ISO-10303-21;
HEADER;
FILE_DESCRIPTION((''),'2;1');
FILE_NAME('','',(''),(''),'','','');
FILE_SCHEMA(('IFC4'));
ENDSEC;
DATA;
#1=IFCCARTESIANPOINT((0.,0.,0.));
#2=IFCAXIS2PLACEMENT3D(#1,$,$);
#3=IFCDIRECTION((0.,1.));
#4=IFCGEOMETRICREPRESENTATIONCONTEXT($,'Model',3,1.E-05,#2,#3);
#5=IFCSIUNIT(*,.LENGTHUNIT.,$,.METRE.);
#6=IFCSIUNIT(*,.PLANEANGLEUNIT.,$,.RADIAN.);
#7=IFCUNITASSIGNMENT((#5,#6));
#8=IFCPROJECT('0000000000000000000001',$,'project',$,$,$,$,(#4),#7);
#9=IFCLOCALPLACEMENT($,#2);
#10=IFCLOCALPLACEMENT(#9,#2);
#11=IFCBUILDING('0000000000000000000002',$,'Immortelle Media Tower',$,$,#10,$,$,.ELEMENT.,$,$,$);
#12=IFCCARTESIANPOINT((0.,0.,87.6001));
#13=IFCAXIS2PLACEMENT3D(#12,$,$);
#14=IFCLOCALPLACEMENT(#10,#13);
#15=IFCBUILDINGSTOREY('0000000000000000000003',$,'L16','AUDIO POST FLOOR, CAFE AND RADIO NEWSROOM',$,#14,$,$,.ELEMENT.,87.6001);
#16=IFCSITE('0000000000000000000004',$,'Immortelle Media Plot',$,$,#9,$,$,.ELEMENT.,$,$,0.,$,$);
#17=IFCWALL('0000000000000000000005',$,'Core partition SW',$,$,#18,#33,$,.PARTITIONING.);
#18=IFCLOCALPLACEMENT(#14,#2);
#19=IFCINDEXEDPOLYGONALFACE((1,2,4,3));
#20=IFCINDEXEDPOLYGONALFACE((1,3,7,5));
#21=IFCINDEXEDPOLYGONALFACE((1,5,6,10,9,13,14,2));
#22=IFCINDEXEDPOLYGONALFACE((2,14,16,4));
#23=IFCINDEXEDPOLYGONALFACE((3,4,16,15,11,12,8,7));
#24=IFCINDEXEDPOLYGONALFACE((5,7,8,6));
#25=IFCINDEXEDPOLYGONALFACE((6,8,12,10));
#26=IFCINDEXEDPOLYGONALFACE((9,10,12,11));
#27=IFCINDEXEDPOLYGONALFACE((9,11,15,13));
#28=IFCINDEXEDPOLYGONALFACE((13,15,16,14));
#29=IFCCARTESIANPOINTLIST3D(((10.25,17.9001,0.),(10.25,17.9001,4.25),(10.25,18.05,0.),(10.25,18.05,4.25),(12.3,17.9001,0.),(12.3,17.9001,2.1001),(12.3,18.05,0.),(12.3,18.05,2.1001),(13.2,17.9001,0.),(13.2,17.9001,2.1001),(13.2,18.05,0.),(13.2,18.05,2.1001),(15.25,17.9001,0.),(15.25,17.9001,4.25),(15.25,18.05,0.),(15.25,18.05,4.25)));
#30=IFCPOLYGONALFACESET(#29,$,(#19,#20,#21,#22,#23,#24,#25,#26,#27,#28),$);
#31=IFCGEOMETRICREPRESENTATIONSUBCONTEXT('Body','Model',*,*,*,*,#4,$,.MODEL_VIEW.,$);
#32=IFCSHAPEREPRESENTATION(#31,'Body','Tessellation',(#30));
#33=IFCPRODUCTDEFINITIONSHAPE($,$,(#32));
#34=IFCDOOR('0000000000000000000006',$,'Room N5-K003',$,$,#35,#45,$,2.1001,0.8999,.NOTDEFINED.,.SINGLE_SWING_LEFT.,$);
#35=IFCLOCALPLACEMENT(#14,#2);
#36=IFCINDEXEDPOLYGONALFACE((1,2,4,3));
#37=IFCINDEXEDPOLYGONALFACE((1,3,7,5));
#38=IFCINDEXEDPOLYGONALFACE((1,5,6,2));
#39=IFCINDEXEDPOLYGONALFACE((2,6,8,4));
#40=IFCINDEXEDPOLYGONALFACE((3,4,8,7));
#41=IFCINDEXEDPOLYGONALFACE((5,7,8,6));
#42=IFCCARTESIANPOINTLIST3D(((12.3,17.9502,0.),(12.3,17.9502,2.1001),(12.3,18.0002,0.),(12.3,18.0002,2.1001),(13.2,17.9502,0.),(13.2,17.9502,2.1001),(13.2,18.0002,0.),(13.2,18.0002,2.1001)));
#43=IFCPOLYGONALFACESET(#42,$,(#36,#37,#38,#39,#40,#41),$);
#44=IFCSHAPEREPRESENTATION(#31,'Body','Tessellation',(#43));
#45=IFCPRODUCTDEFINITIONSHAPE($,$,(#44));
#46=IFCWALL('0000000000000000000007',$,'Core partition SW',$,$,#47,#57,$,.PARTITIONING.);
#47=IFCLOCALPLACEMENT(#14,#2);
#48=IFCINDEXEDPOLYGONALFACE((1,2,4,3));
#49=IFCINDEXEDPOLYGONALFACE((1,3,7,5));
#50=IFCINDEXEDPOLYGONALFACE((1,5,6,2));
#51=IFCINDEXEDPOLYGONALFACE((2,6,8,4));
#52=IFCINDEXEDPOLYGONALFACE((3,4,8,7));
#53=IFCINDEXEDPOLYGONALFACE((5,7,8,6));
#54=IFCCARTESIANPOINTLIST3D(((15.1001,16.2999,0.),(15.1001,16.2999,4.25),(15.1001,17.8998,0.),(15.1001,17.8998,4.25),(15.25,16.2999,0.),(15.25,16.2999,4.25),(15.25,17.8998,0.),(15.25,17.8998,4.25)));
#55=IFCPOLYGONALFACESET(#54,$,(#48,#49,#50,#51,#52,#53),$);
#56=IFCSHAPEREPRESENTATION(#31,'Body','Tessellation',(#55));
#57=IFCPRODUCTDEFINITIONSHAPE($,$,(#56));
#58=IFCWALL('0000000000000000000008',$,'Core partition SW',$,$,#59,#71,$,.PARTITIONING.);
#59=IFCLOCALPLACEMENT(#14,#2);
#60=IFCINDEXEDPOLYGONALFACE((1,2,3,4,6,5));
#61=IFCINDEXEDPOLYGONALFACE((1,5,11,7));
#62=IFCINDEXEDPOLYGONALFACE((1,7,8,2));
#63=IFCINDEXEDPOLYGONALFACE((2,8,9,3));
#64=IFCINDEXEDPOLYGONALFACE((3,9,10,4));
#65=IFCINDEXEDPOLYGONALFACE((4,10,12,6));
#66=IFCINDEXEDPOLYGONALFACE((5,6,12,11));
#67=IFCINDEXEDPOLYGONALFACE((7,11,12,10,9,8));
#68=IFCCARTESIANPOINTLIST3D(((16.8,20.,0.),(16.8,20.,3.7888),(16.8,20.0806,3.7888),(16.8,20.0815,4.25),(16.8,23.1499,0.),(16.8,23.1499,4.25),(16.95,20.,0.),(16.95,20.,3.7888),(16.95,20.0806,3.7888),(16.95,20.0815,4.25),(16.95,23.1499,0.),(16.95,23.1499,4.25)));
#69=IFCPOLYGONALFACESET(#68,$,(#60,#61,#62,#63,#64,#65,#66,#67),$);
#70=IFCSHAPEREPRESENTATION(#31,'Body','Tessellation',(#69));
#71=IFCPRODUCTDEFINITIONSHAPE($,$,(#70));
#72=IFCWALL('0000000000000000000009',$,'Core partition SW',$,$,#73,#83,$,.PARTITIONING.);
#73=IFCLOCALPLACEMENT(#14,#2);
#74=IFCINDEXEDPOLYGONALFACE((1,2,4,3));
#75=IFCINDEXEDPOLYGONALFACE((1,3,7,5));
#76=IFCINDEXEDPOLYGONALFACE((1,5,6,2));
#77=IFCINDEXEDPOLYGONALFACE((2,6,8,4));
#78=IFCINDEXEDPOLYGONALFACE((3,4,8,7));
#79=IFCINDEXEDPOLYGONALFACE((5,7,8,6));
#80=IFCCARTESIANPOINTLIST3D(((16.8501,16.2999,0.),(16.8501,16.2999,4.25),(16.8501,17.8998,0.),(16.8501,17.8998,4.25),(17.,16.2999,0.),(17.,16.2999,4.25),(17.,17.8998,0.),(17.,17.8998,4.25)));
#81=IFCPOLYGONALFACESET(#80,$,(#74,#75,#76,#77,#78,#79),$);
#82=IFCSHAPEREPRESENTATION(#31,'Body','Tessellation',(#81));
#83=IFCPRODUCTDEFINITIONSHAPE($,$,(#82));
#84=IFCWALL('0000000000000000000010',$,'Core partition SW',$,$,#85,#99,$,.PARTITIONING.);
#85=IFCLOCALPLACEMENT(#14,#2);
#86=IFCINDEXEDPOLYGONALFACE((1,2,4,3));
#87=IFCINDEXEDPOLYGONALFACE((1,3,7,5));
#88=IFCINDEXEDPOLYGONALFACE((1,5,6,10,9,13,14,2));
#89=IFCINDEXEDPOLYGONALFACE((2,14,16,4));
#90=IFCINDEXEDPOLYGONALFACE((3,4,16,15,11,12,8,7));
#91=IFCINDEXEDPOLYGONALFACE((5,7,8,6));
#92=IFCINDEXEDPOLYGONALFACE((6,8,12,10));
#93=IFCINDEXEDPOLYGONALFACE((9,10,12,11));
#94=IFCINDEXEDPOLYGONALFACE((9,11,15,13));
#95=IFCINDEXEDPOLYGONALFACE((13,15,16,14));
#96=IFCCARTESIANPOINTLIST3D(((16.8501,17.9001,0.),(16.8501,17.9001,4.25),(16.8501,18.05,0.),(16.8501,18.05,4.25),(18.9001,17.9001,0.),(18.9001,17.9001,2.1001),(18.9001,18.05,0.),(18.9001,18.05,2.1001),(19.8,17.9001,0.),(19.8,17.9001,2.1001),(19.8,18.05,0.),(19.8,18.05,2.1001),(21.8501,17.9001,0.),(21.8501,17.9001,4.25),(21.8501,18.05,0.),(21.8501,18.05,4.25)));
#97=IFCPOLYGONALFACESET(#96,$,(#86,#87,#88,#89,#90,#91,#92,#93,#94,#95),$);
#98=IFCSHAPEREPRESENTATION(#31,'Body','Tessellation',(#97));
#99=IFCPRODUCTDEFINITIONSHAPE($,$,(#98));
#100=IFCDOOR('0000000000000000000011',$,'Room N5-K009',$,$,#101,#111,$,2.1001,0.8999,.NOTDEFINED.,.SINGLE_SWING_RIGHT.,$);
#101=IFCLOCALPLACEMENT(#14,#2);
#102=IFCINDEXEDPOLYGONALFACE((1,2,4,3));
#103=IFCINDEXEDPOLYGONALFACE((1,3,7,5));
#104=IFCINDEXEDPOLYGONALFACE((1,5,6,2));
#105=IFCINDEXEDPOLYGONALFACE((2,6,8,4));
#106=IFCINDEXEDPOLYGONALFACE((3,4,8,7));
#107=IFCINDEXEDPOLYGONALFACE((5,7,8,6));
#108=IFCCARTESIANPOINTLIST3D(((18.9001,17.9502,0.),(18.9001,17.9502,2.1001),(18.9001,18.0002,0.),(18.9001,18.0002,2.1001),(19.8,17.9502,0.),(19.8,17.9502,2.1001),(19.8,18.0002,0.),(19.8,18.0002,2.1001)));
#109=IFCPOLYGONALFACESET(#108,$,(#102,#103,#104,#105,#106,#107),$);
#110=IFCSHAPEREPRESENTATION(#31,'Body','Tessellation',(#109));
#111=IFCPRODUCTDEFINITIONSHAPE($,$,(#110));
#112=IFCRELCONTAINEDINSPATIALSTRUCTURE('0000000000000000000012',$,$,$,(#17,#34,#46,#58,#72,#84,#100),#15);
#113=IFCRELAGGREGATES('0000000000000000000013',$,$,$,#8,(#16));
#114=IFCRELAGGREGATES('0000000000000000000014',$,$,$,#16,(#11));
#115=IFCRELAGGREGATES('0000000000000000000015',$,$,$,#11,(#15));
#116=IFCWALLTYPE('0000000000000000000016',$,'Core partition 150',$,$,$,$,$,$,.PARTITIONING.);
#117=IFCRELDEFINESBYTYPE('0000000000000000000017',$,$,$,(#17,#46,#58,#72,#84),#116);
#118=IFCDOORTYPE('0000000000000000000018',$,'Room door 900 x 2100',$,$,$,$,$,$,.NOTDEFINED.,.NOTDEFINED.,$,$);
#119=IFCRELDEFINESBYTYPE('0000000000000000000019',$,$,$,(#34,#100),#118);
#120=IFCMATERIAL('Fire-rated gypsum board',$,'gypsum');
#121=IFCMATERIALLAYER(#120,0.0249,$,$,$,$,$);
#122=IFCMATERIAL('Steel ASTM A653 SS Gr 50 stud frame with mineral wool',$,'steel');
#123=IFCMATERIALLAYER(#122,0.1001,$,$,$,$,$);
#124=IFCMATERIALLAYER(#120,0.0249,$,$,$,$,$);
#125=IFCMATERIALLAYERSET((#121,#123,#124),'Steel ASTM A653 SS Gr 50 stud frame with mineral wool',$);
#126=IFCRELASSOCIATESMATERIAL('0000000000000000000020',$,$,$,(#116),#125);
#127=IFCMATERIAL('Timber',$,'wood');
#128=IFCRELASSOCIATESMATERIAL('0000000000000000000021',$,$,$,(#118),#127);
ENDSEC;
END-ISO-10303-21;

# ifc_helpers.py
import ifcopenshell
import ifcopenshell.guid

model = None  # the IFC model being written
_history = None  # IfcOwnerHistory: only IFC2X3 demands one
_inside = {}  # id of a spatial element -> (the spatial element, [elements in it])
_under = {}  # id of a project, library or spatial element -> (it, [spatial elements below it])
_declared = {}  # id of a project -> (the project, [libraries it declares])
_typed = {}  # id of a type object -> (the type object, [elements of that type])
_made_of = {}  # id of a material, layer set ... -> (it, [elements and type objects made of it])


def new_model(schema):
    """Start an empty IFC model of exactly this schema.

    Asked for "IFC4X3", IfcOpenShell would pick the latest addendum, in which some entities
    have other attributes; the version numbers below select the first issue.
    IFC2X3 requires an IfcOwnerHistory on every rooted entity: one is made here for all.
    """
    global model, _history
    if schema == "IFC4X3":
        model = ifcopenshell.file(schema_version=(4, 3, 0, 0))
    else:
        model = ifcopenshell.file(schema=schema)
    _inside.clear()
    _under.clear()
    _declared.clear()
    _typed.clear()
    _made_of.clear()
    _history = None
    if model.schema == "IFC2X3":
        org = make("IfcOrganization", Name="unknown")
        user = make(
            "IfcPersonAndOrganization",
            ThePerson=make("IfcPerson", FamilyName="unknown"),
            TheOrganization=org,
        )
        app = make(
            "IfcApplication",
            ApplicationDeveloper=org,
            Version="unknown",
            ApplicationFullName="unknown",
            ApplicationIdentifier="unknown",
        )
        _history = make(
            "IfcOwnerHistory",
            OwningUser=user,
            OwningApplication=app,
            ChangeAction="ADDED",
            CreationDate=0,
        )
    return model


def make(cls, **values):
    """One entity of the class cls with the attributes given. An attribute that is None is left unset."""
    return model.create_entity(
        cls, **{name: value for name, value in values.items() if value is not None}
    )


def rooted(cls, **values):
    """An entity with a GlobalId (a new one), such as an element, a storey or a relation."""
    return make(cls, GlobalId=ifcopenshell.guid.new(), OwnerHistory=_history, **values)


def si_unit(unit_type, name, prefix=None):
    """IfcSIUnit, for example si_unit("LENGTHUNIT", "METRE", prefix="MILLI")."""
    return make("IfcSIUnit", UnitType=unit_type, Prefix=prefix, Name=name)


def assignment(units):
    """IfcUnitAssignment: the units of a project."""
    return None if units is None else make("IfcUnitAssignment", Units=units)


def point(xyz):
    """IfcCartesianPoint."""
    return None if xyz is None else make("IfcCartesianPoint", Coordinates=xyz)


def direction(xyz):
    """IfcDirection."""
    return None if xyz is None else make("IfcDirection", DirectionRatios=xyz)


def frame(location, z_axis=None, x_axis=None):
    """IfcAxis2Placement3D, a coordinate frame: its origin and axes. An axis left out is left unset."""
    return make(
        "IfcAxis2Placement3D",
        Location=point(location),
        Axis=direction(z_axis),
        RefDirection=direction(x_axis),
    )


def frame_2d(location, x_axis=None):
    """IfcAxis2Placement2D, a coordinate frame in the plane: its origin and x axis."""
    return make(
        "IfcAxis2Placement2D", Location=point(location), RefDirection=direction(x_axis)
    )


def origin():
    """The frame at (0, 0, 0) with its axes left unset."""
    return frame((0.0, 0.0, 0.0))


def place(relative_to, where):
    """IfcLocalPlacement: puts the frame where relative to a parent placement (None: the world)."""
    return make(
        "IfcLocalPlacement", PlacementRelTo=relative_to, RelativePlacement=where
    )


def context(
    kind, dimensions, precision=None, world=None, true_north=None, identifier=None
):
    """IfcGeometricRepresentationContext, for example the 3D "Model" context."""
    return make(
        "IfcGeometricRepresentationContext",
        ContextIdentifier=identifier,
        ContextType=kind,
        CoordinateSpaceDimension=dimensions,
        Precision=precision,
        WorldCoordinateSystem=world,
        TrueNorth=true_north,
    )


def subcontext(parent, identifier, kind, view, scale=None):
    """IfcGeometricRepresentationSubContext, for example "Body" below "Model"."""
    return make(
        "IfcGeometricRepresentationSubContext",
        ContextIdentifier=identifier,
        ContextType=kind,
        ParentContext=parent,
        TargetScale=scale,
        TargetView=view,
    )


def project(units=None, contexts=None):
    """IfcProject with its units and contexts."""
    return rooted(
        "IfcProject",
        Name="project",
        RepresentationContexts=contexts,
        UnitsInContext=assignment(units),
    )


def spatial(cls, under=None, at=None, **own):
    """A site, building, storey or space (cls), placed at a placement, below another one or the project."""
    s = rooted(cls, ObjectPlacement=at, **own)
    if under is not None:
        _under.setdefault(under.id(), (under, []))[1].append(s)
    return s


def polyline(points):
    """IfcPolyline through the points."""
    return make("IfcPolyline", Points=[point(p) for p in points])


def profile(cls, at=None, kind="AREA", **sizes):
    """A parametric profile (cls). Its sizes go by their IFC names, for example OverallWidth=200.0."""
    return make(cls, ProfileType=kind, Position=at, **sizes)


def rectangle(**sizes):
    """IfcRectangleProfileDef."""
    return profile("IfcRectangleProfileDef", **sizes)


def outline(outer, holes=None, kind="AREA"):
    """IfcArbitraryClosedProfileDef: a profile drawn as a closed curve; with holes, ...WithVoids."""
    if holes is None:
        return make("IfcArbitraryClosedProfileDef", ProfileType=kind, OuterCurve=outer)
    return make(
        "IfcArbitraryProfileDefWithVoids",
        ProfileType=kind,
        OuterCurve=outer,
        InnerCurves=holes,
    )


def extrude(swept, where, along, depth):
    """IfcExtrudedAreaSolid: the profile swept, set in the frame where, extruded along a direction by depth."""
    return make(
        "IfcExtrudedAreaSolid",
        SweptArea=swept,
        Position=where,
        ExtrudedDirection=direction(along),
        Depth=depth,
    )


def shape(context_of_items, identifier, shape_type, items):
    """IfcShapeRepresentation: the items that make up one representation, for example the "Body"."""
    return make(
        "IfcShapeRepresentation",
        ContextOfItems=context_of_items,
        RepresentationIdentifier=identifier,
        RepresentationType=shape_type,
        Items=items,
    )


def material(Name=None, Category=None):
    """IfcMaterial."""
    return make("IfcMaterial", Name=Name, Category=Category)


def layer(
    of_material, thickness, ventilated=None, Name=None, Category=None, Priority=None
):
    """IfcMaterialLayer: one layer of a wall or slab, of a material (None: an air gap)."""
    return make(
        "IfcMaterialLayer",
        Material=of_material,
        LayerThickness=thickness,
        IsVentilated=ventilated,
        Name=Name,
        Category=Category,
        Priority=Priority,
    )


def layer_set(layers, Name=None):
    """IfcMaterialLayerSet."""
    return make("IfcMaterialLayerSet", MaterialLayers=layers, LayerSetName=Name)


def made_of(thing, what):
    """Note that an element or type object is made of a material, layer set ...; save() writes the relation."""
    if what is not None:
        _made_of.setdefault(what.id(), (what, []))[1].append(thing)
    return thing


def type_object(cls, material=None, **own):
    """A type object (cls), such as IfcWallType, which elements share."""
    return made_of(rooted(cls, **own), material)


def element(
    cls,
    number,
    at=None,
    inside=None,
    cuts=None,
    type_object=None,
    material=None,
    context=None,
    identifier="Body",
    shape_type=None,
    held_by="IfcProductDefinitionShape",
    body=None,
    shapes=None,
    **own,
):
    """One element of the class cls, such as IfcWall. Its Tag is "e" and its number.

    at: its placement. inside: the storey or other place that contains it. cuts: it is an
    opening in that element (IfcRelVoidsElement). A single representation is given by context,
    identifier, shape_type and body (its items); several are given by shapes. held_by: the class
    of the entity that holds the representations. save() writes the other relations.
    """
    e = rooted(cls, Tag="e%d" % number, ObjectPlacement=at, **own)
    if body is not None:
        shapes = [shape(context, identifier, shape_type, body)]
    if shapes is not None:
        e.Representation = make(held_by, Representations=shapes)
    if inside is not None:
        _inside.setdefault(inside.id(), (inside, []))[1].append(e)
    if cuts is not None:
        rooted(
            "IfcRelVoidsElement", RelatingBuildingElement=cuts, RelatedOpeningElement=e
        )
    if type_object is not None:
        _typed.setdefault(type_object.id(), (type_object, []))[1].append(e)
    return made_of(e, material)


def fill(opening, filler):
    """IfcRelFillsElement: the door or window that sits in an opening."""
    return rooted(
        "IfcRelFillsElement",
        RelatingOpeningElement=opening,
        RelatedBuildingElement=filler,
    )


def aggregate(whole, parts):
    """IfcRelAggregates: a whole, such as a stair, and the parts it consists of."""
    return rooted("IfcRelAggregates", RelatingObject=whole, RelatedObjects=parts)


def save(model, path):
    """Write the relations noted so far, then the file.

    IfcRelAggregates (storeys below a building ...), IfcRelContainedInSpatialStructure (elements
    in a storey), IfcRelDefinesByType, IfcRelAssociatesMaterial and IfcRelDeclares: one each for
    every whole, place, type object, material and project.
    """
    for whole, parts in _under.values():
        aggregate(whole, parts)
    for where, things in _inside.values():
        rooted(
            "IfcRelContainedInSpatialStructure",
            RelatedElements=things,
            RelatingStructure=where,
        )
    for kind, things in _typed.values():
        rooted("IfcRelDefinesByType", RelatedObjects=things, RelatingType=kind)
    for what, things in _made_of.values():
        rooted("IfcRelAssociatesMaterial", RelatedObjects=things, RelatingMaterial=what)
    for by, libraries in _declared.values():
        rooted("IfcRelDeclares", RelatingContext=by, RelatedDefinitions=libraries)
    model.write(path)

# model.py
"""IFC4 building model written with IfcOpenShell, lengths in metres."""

from ifc_helpers import new_model, si_unit, direction, frame, frame_2d, origin, place, context, subcontext, project, spatial, polyline, rectangle, outline, extrude, material, layer, layer_set, type_object, element, fill, save


model = new_model("IFC4")

# Units and contexts
model_context = context("Model", 3, precision=1e-05, world=origin(), true_north=direction((0.0, 1.0)))
body_context = subcontext(model_context, "Body", "Model", "MODEL_VIEW")
ifc_project = project(units=[si_unit("LENGTHUNIT", "METRE"), si_unit("PLANEANGLEUNIT", "RADIAN")], contexts=[model_context])

# Site, building, storey
site_placement = place(None, origin())
site = spatial("IfcSite", under=ifc_project, at=site_placement, Name="Immortelle Media Plot", CompositionType="ELEMENT", RefElevation=0.0)
building_placement = place(site_placement, origin())
building = spatial("IfcBuilding", under=site, at=building_placement, Name="Immortelle Media Tower", CompositionType="ELEMENT")
storey_placement = place(building_placement, frame((0.0, 0.0, 87.6001)))
storey = spatial("IfcBuildingStorey", under=building, at=storey_placement, Name="L16", Description="AUDIO POST FLOOR, CAFE AND RADIO NEWSROOM", CompositionType="ELEMENT", Elevation=87.6001)

# Shared definitions
ifc_material_1 = material(Name="Fire-rated gypsum board", Category="gypsum")
ifc_layer_1 = layer(ifc_material_1, 0.0249)
ifc_material_2 = material(Name="Steel ASTM A653 SS Gr 50 stud frame with mineral wool", Category="steel")
ifc_layer_2 = layer(ifc_material_2, 0.1001)
ifc_layer_3 = layer(ifc_material_1, 0.0249)
ifc_layer_set_1 = layer_set([ifc_layer_1, ifc_layer_2, ifc_layer_3], Name="Steel ASTM A653 SS Gr 50 stud frame with mineral wool")
wall_type_1 = type_object("IfcWallType", Name="Core partition 150", PredefinedType="PARTITIONING", material=ifc_layer_set_1)

# Wall, opening, door
wall_1_placement = place(storey_placement, frame((10.25, 17.9751, 0.0), z_axis=(0.0, 0.0, 1.0), x_axis=(1.0, 0.0, 0.0)))
wall_1 = element("IfcWall", 1, at=wall_1_placement, inside=storey, type_object=wall_type_1, Name="Core partition SW", PredefinedType="PARTITIONING", context=body_context, shape_type="SweptSolid", body=[
    extrude(rectangle(XDim=5.0, YDim=0.1499, at=frame_2d((2.5, 0.0))), origin(), (0.0, 0.0, 1.0), 4.25),
])
opening_1_placement = place(wall_1_placement, frame((2.95, 0.0, 0.0), z_axis=(0.0, 0.0, 1.0), x_axis=(-1.0, 0.0, 0.0)))
opening_1 = element("IfcOpeningElement", 2, at=opening_1_placement, cuts=wall_1, PredefinedType="OPENING", context=body_context, shape_type="SweptSolid", body=[
    extrude(rectangle(XDim=0.8999, YDim=2.1001, at=frame_2d((0.45, 1.05))), frame((0.0, 0.085, 0.0), z_axis=(0.0, -1.0, 0.0), x_axis=(1.0, 0.0, 0.0)), (0.0, 0.0, 1.0), 0.1699),
])
ifc_material_3 = material(Name="Timber", Category="wood")
door_type_1 = type_object("IfcDoorType", Name="Room door 900 x 2100", OperationType="NOTDEFINED", PredefinedType="NOTDEFINED", material=ifc_material_3)
door_1_placement = place(opening_1_placement, origin())
door_1 = element("IfcDoor", 3, at=door_1_placement, inside=storey, type_object=door_type_1, Name="Room N5-K003", OperationType="SINGLE_SWING_LEFT", OverallHeight=2.1001, OverallWidth=0.8999, PredefinedType="NOTDEFINED", context=body_context, shape_type="SweptSolid", body=[
    extrude(rectangle(XDim=0.8999, YDim=2.1001, at=frame_2d((0.45, 1.05))), frame((0.0, 0.0249, 0.0), z_axis=(0.0, -1.0, 0.0), x_axis=(1.0, 0.0, 0.0)), (0.0, 0.0, 1.0), 0.05),
])
fill(opening_1, door_1)

# Walls
wall_2_placement = place(storey_placement, frame((15.175, 16.3, 0.0), z_axis=(0.0, 0.0, 1.0), x_axis=(0.0, 1.0, 0.0)))
element("IfcWall", 4, at=wall_2_placement, inside=storey, type_object=wall_type_1, Name="Core partition SW", PredefinedType="PARTITIONING", context=body_context, shape_type="SweptSolid", body=[
    extrude(rectangle(XDim=1.5999, YDim=0.1499, at=frame_2d((0.7998, 0.0))), origin(), (0.0, 0.0, 1.0), 4.25),
])
wall_3_placement = place(storey_placement, frame((16.875, 20.0, 0.0), z_axis=(0.0, 0.0, 1.0), x_axis=(0.0, 1.0, 0.0)))
element("IfcWall", 5, at=wall_3_placement, inside=storey, type_object=wall_type_1, Name="Core partition SW", PredefinedType="PARTITIONING", context=body_context, shape_type="SweptSolid", body=[
    extrude(outline(polyline([(0.0, 0.0), (3.1499, 0.0), (3.1499, 4.25), (0.0815, 4.25), (0.0806, 3.7888), (0.0, 3.7888), (0.0, 0.0)])), frame((0.0, 0.075, 0.0), z_axis=(0.0, -1.0, 0.0), x_axis=(1.0, 0.0, 0.0)), (0.0, 0.0, 1.0), 0.1499),
])
wall_4_placement = place(storey_placement, frame((16.925, 16.3, 0.0), z_axis=(0.0, 0.0, 1.0), x_axis=(0.0, 1.0, 0.0)))
element("IfcWall", 6, at=wall_4_placement, inside=storey, type_object=wall_type_1, Name="Core partition SW", PredefinedType="PARTITIONING", context=body_context, shape_type="SweptSolid", body=[
    extrude(rectangle(XDim=1.5999, YDim=0.1499, at=frame_2d((0.7998, 0.0))), origin(), (0.0, 0.0, 1.0), 4.25),
])

# Wall, opening, door
wall_5_placement = place(storey_placement, frame((16.8501, 17.9751, 0.0), z_axis=(0.0, 0.0, 1.0), x_axis=(1.0, 0.0, 0.0)))
wall_5 = element("IfcWall", 7, at=wall_5_placement, inside=storey, type_object=wall_type_1, Name="Core partition SW", PredefinedType="PARTITIONING", context=body_context, shape_type="SweptSolid", body=[
    extrude(rectangle(XDim=5.0, YDim=0.1499, at=frame_2d((2.5, 0.0))), origin(), (0.0, 0.0, 1.0), 4.25),
])
opening_2_placement = place(wall_5_placement, frame((2.95, 0.0, 0.0), z_axis=(0.0, 0.0, 1.0), x_axis=(-1.0, 0.0, 0.0)))
opening_2 = element("IfcOpeningElement", 8, at=opening_2_placement, cuts=wall_5, PredefinedType="OPENING", context=body_context, shape_type="SweptSolid", body=[
    extrude(rectangle(XDim=0.8999, YDim=2.1001, at=frame_2d((0.45, 1.05))), frame((0.0, 0.085, 0.0), z_axis=(0.0, -1.0, 0.0), x_axis=(1.0, 0.0, 0.0)), (0.0, 0.0, 1.0), 0.1699),
])
door_2_placement = place(opening_2_placement, origin())
door_2 = element("IfcDoor", 9, at=door_2_placement, inside=storey, type_object=door_type_1, Name="Room N5-K009", OperationType="SINGLE_SWING_RIGHT", OverallHeight=2.1001, OverallWidth=0.8999, PredefinedType="NOTDEFINED", context=body_context, shape_type="SweptSolid", body=[
    extrude(rectangle(XDim=0.8999, YDim=2.1001, at=frame_2d((0.45, 1.05))), frame((0.0, 0.0249, 0.0), z_axis=(0.0, -1.0, 0.0), x_axis=(1.0, 0.0, 0.0)), (0.0, 0.0, 1.0), 0.05),
])
fill(opening_2, door_2)

save(model, "model.ifc")
